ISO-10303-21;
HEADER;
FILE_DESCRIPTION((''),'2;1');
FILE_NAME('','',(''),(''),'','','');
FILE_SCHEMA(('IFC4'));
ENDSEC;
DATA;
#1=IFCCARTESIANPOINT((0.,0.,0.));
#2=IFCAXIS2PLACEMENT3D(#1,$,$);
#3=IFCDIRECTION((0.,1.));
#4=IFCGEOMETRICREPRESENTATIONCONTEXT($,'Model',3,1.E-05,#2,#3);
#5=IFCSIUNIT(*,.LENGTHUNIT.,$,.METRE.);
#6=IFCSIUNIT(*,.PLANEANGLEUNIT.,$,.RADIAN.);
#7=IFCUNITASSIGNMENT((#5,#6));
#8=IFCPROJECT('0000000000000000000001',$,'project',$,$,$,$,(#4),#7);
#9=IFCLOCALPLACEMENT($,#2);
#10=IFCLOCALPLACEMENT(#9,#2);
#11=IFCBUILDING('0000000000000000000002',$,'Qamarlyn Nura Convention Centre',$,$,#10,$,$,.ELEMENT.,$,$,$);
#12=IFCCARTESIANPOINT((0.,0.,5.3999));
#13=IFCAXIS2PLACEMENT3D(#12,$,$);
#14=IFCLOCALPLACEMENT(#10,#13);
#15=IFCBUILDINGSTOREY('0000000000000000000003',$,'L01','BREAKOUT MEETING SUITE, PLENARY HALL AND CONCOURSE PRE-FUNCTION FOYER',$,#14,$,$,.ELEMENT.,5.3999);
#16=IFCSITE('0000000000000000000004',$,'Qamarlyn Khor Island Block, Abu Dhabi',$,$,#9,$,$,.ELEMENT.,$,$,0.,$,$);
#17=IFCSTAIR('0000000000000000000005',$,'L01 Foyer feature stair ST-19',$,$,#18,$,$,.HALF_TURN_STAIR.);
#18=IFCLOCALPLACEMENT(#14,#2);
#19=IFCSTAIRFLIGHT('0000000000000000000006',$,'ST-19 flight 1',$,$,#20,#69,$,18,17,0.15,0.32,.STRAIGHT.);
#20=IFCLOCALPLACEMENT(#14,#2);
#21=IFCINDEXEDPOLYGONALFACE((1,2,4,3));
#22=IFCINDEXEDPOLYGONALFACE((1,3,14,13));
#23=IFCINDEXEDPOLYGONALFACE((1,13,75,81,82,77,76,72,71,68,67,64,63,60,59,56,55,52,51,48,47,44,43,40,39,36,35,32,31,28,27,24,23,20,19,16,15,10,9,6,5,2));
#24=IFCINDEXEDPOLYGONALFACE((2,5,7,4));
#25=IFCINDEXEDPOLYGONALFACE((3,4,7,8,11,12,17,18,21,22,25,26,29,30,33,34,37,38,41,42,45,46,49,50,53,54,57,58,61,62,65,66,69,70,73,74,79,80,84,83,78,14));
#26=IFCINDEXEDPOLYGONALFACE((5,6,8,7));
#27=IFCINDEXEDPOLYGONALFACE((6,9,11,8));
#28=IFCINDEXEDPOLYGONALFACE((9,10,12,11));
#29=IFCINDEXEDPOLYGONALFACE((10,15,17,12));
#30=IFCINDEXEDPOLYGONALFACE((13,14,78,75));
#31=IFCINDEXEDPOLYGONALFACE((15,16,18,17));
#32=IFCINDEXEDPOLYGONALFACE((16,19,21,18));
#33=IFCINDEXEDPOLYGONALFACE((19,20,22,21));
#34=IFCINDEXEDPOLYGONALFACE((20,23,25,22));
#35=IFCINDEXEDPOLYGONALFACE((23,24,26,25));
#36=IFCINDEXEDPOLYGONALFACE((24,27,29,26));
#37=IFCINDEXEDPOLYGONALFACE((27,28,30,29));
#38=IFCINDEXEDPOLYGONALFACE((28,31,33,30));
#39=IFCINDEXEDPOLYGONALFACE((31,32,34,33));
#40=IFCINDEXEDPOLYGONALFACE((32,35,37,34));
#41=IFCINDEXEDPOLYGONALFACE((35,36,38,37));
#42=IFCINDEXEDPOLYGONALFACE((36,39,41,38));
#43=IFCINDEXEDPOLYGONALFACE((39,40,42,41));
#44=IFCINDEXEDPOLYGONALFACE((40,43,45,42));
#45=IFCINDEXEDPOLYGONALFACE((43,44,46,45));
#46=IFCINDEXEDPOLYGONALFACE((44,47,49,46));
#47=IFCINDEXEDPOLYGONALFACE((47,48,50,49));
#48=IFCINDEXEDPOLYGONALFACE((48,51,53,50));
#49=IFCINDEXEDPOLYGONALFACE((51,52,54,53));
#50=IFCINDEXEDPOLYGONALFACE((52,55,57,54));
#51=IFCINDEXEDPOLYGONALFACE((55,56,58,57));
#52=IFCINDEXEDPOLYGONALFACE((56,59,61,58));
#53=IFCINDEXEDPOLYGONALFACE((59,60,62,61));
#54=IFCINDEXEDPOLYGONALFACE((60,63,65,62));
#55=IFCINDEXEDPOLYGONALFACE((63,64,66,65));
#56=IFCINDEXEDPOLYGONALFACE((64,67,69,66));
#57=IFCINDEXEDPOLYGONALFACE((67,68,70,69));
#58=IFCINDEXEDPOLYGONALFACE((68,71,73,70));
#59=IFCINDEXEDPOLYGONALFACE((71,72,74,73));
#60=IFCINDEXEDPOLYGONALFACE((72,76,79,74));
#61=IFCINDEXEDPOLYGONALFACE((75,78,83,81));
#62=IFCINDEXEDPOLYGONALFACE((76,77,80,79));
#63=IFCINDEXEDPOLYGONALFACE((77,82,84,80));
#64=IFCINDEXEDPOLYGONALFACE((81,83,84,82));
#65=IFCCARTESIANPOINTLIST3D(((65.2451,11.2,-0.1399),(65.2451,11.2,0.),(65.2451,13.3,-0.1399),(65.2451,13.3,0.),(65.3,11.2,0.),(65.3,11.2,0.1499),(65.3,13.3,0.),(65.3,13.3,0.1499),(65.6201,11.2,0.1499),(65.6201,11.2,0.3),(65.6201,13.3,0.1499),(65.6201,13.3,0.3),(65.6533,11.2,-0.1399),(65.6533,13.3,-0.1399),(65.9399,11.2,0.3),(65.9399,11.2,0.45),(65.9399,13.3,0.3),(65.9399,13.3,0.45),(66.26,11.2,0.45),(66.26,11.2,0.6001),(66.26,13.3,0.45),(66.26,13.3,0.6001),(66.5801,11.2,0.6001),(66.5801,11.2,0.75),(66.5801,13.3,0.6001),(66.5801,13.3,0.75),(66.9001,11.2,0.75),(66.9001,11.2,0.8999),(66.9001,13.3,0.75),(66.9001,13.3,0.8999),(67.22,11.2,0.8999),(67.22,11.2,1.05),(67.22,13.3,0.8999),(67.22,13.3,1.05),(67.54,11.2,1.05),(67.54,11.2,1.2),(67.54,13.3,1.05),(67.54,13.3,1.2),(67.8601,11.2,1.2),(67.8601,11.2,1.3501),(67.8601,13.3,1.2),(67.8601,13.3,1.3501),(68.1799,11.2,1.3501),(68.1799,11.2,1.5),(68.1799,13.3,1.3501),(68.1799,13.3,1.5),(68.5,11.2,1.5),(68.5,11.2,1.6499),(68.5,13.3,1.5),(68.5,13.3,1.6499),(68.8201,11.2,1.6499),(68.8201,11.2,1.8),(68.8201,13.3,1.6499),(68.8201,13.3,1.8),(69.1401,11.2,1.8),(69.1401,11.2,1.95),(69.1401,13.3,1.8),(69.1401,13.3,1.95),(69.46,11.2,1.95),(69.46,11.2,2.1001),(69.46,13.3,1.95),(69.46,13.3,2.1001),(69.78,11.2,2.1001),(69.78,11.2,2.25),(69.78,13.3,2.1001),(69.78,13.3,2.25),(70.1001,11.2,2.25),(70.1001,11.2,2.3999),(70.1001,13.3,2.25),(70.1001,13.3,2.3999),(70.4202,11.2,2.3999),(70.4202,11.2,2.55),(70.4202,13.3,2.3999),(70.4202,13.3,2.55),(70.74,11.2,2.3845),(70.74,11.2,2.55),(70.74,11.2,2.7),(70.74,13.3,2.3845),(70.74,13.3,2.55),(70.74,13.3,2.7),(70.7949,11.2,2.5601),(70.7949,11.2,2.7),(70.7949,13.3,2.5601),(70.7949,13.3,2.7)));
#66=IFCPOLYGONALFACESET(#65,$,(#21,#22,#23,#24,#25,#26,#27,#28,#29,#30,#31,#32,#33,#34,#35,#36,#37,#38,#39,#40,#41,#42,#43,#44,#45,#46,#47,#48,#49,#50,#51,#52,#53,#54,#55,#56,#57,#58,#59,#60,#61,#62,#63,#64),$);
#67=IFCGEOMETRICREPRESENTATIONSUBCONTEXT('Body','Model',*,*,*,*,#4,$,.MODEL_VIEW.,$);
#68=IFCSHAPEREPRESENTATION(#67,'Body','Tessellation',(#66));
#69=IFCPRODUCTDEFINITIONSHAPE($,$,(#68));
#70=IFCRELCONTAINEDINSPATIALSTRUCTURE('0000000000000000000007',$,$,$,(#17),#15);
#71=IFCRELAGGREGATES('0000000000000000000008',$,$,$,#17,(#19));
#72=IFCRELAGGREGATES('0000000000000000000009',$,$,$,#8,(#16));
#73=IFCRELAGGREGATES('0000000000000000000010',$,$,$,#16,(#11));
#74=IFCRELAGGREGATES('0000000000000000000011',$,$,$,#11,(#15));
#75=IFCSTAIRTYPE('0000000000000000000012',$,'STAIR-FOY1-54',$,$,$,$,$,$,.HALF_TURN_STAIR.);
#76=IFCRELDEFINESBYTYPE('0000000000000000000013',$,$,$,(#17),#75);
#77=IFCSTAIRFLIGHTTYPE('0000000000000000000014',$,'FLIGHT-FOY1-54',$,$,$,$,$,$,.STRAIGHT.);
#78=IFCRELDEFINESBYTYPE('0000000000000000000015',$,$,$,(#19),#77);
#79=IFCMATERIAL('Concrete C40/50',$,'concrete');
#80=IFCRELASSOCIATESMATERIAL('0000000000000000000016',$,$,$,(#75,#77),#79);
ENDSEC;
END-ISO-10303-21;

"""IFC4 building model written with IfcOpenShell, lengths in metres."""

from ifc_helpers import new_model, si_unit, direction, frame, origin, place, context, subcontext, project, spatial, polyline, outline, extrude, material, type_object, element, aggregate, save


model = new_model("IFC4")

# Units and contexts
model_context = context("Model", 3, precision=1e-05, world=origin(), true_north=direction((0.0, 1.0)))
body_context = subcontext(model_context, "Body", "Model", "MODEL_VIEW")
ifc_project = project(units=[si_unit("LENGTHUNIT", "METRE"), si_unit("PLANEANGLEUNIT", "RADIAN")], contexts=[model_context])

# Site, building, storey
site_placement = place(None, origin())
site = spatial("IfcSite", under=ifc_project, at=site_placement, Name="Qamarlyn Khor Island Block, Abu Dhabi", CompositionType="ELEMENT", RefElevation=0.0)
building_placement = place(site_placement, origin())
building = spatial("IfcBuilding", under=site, at=building_placement, Name="Qamarlyn Nura Convention Centre", CompositionType="ELEMENT")
storey_placement = place(building_placement, frame((0.0, 0.0, 5.3999)))
storey = spatial("IfcBuildingStorey", under=building, at=storey_placement, Name="L01", Description="BREAKOUT MEETING SUITE, PLENARY HALL AND CONCOURSE PRE-FUNCTION FOYER", CompositionType="ELEMENT", Elevation=5.3999)

# Stair, stair flight
ifc_material_1 = material(Name="Concrete C40/50", Category="concrete")
stair_type = type_object("IfcStairType", Name="STAIR-FOY1-54", PredefinedType="HALF_TURN_STAIR", material=ifc_material_1)
stair_placement = place(storey_placement, origin())
stair = element("IfcStair", 1, at=stair_placement, inside=storey, type_object=stair_type, Name="L01 Foyer feature stair ST-19", PredefinedType="HALF_TURN_STAIR")
stair_flight_type = type_object("IfcStairFlightType", Name="FLIGHT-FOY1-54", PredefinedType="STRAIGHT", material=ifc_material_1)
stair_flight_placement = place(storey_placement, frame((65.3, 12.25, 0.0), z_axis=(0.0, 0.0, 1.0), x_axis=(1.0, 0.0, 0.0)))
stair_flight = element("IfcStairFlight", 2, at=stair_flight_placement, type_object=stair_flight_type, Name="ST-19 flight 1", NumberOfRisers=18, NumberOfTreads=17, PredefinedType="STRAIGHT", RiserHeight=0.15, TreadLength=0.32, context=body_context, shape_type="SweptSolid", body=[
    extrude(outline(polyline([(-0.0549, 0.0), (0.0, 0.0), (0.0, 0.1499), (0.3201, 0.1499), (0.3201, 0.3), (0.6399, 0.3), (0.6399, 0.45), (0.96, 0.45), (0.96, 0.6001), (1.28, 0.6001), (1.28, 0.75), (1.6001, 0.75), (1.6001, 0.8999), (1.9199, 0.8999), (1.9199, 1.05), (2.24, 1.05), (2.24, 1.2), (2.5601, 1.2), (2.5601, 1.3501), (2.8799, 1.3501), (2.8799, 1.5), (3.2, 1.5), (3.2, 1.6499), (3.52, 1.6499), (3.52, 1.8), (3.8401, 1.8), (3.8401, 1.95), (4.1599, 1.95), (4.1599, 2.1001), (4.48, 2.1001), (4.48, 2.25), (4.8, 2.25), (4.8, 2.3999), (5.1201, 2.3999), (5.1201, 2.55), (5.4399, 2.55), (5.4399, 2.7), (5.4949, 2.7), (5.4949, 2.5601), (5.4399, 2.3845), (0.3533, -0.1399), (-0.0549, -0.1399), (-0.0549, 0.0)])), frame((0.0, 1.05, 0.0), z_axis=(0.0, -1.0, 0.0), x_axis=(1.0, 0.0, 0.0)), (0.0, 0.0, 1.0), 2.1001),
])
aggregate(stair, [stair_flight])

save(model, "model.ifc")
